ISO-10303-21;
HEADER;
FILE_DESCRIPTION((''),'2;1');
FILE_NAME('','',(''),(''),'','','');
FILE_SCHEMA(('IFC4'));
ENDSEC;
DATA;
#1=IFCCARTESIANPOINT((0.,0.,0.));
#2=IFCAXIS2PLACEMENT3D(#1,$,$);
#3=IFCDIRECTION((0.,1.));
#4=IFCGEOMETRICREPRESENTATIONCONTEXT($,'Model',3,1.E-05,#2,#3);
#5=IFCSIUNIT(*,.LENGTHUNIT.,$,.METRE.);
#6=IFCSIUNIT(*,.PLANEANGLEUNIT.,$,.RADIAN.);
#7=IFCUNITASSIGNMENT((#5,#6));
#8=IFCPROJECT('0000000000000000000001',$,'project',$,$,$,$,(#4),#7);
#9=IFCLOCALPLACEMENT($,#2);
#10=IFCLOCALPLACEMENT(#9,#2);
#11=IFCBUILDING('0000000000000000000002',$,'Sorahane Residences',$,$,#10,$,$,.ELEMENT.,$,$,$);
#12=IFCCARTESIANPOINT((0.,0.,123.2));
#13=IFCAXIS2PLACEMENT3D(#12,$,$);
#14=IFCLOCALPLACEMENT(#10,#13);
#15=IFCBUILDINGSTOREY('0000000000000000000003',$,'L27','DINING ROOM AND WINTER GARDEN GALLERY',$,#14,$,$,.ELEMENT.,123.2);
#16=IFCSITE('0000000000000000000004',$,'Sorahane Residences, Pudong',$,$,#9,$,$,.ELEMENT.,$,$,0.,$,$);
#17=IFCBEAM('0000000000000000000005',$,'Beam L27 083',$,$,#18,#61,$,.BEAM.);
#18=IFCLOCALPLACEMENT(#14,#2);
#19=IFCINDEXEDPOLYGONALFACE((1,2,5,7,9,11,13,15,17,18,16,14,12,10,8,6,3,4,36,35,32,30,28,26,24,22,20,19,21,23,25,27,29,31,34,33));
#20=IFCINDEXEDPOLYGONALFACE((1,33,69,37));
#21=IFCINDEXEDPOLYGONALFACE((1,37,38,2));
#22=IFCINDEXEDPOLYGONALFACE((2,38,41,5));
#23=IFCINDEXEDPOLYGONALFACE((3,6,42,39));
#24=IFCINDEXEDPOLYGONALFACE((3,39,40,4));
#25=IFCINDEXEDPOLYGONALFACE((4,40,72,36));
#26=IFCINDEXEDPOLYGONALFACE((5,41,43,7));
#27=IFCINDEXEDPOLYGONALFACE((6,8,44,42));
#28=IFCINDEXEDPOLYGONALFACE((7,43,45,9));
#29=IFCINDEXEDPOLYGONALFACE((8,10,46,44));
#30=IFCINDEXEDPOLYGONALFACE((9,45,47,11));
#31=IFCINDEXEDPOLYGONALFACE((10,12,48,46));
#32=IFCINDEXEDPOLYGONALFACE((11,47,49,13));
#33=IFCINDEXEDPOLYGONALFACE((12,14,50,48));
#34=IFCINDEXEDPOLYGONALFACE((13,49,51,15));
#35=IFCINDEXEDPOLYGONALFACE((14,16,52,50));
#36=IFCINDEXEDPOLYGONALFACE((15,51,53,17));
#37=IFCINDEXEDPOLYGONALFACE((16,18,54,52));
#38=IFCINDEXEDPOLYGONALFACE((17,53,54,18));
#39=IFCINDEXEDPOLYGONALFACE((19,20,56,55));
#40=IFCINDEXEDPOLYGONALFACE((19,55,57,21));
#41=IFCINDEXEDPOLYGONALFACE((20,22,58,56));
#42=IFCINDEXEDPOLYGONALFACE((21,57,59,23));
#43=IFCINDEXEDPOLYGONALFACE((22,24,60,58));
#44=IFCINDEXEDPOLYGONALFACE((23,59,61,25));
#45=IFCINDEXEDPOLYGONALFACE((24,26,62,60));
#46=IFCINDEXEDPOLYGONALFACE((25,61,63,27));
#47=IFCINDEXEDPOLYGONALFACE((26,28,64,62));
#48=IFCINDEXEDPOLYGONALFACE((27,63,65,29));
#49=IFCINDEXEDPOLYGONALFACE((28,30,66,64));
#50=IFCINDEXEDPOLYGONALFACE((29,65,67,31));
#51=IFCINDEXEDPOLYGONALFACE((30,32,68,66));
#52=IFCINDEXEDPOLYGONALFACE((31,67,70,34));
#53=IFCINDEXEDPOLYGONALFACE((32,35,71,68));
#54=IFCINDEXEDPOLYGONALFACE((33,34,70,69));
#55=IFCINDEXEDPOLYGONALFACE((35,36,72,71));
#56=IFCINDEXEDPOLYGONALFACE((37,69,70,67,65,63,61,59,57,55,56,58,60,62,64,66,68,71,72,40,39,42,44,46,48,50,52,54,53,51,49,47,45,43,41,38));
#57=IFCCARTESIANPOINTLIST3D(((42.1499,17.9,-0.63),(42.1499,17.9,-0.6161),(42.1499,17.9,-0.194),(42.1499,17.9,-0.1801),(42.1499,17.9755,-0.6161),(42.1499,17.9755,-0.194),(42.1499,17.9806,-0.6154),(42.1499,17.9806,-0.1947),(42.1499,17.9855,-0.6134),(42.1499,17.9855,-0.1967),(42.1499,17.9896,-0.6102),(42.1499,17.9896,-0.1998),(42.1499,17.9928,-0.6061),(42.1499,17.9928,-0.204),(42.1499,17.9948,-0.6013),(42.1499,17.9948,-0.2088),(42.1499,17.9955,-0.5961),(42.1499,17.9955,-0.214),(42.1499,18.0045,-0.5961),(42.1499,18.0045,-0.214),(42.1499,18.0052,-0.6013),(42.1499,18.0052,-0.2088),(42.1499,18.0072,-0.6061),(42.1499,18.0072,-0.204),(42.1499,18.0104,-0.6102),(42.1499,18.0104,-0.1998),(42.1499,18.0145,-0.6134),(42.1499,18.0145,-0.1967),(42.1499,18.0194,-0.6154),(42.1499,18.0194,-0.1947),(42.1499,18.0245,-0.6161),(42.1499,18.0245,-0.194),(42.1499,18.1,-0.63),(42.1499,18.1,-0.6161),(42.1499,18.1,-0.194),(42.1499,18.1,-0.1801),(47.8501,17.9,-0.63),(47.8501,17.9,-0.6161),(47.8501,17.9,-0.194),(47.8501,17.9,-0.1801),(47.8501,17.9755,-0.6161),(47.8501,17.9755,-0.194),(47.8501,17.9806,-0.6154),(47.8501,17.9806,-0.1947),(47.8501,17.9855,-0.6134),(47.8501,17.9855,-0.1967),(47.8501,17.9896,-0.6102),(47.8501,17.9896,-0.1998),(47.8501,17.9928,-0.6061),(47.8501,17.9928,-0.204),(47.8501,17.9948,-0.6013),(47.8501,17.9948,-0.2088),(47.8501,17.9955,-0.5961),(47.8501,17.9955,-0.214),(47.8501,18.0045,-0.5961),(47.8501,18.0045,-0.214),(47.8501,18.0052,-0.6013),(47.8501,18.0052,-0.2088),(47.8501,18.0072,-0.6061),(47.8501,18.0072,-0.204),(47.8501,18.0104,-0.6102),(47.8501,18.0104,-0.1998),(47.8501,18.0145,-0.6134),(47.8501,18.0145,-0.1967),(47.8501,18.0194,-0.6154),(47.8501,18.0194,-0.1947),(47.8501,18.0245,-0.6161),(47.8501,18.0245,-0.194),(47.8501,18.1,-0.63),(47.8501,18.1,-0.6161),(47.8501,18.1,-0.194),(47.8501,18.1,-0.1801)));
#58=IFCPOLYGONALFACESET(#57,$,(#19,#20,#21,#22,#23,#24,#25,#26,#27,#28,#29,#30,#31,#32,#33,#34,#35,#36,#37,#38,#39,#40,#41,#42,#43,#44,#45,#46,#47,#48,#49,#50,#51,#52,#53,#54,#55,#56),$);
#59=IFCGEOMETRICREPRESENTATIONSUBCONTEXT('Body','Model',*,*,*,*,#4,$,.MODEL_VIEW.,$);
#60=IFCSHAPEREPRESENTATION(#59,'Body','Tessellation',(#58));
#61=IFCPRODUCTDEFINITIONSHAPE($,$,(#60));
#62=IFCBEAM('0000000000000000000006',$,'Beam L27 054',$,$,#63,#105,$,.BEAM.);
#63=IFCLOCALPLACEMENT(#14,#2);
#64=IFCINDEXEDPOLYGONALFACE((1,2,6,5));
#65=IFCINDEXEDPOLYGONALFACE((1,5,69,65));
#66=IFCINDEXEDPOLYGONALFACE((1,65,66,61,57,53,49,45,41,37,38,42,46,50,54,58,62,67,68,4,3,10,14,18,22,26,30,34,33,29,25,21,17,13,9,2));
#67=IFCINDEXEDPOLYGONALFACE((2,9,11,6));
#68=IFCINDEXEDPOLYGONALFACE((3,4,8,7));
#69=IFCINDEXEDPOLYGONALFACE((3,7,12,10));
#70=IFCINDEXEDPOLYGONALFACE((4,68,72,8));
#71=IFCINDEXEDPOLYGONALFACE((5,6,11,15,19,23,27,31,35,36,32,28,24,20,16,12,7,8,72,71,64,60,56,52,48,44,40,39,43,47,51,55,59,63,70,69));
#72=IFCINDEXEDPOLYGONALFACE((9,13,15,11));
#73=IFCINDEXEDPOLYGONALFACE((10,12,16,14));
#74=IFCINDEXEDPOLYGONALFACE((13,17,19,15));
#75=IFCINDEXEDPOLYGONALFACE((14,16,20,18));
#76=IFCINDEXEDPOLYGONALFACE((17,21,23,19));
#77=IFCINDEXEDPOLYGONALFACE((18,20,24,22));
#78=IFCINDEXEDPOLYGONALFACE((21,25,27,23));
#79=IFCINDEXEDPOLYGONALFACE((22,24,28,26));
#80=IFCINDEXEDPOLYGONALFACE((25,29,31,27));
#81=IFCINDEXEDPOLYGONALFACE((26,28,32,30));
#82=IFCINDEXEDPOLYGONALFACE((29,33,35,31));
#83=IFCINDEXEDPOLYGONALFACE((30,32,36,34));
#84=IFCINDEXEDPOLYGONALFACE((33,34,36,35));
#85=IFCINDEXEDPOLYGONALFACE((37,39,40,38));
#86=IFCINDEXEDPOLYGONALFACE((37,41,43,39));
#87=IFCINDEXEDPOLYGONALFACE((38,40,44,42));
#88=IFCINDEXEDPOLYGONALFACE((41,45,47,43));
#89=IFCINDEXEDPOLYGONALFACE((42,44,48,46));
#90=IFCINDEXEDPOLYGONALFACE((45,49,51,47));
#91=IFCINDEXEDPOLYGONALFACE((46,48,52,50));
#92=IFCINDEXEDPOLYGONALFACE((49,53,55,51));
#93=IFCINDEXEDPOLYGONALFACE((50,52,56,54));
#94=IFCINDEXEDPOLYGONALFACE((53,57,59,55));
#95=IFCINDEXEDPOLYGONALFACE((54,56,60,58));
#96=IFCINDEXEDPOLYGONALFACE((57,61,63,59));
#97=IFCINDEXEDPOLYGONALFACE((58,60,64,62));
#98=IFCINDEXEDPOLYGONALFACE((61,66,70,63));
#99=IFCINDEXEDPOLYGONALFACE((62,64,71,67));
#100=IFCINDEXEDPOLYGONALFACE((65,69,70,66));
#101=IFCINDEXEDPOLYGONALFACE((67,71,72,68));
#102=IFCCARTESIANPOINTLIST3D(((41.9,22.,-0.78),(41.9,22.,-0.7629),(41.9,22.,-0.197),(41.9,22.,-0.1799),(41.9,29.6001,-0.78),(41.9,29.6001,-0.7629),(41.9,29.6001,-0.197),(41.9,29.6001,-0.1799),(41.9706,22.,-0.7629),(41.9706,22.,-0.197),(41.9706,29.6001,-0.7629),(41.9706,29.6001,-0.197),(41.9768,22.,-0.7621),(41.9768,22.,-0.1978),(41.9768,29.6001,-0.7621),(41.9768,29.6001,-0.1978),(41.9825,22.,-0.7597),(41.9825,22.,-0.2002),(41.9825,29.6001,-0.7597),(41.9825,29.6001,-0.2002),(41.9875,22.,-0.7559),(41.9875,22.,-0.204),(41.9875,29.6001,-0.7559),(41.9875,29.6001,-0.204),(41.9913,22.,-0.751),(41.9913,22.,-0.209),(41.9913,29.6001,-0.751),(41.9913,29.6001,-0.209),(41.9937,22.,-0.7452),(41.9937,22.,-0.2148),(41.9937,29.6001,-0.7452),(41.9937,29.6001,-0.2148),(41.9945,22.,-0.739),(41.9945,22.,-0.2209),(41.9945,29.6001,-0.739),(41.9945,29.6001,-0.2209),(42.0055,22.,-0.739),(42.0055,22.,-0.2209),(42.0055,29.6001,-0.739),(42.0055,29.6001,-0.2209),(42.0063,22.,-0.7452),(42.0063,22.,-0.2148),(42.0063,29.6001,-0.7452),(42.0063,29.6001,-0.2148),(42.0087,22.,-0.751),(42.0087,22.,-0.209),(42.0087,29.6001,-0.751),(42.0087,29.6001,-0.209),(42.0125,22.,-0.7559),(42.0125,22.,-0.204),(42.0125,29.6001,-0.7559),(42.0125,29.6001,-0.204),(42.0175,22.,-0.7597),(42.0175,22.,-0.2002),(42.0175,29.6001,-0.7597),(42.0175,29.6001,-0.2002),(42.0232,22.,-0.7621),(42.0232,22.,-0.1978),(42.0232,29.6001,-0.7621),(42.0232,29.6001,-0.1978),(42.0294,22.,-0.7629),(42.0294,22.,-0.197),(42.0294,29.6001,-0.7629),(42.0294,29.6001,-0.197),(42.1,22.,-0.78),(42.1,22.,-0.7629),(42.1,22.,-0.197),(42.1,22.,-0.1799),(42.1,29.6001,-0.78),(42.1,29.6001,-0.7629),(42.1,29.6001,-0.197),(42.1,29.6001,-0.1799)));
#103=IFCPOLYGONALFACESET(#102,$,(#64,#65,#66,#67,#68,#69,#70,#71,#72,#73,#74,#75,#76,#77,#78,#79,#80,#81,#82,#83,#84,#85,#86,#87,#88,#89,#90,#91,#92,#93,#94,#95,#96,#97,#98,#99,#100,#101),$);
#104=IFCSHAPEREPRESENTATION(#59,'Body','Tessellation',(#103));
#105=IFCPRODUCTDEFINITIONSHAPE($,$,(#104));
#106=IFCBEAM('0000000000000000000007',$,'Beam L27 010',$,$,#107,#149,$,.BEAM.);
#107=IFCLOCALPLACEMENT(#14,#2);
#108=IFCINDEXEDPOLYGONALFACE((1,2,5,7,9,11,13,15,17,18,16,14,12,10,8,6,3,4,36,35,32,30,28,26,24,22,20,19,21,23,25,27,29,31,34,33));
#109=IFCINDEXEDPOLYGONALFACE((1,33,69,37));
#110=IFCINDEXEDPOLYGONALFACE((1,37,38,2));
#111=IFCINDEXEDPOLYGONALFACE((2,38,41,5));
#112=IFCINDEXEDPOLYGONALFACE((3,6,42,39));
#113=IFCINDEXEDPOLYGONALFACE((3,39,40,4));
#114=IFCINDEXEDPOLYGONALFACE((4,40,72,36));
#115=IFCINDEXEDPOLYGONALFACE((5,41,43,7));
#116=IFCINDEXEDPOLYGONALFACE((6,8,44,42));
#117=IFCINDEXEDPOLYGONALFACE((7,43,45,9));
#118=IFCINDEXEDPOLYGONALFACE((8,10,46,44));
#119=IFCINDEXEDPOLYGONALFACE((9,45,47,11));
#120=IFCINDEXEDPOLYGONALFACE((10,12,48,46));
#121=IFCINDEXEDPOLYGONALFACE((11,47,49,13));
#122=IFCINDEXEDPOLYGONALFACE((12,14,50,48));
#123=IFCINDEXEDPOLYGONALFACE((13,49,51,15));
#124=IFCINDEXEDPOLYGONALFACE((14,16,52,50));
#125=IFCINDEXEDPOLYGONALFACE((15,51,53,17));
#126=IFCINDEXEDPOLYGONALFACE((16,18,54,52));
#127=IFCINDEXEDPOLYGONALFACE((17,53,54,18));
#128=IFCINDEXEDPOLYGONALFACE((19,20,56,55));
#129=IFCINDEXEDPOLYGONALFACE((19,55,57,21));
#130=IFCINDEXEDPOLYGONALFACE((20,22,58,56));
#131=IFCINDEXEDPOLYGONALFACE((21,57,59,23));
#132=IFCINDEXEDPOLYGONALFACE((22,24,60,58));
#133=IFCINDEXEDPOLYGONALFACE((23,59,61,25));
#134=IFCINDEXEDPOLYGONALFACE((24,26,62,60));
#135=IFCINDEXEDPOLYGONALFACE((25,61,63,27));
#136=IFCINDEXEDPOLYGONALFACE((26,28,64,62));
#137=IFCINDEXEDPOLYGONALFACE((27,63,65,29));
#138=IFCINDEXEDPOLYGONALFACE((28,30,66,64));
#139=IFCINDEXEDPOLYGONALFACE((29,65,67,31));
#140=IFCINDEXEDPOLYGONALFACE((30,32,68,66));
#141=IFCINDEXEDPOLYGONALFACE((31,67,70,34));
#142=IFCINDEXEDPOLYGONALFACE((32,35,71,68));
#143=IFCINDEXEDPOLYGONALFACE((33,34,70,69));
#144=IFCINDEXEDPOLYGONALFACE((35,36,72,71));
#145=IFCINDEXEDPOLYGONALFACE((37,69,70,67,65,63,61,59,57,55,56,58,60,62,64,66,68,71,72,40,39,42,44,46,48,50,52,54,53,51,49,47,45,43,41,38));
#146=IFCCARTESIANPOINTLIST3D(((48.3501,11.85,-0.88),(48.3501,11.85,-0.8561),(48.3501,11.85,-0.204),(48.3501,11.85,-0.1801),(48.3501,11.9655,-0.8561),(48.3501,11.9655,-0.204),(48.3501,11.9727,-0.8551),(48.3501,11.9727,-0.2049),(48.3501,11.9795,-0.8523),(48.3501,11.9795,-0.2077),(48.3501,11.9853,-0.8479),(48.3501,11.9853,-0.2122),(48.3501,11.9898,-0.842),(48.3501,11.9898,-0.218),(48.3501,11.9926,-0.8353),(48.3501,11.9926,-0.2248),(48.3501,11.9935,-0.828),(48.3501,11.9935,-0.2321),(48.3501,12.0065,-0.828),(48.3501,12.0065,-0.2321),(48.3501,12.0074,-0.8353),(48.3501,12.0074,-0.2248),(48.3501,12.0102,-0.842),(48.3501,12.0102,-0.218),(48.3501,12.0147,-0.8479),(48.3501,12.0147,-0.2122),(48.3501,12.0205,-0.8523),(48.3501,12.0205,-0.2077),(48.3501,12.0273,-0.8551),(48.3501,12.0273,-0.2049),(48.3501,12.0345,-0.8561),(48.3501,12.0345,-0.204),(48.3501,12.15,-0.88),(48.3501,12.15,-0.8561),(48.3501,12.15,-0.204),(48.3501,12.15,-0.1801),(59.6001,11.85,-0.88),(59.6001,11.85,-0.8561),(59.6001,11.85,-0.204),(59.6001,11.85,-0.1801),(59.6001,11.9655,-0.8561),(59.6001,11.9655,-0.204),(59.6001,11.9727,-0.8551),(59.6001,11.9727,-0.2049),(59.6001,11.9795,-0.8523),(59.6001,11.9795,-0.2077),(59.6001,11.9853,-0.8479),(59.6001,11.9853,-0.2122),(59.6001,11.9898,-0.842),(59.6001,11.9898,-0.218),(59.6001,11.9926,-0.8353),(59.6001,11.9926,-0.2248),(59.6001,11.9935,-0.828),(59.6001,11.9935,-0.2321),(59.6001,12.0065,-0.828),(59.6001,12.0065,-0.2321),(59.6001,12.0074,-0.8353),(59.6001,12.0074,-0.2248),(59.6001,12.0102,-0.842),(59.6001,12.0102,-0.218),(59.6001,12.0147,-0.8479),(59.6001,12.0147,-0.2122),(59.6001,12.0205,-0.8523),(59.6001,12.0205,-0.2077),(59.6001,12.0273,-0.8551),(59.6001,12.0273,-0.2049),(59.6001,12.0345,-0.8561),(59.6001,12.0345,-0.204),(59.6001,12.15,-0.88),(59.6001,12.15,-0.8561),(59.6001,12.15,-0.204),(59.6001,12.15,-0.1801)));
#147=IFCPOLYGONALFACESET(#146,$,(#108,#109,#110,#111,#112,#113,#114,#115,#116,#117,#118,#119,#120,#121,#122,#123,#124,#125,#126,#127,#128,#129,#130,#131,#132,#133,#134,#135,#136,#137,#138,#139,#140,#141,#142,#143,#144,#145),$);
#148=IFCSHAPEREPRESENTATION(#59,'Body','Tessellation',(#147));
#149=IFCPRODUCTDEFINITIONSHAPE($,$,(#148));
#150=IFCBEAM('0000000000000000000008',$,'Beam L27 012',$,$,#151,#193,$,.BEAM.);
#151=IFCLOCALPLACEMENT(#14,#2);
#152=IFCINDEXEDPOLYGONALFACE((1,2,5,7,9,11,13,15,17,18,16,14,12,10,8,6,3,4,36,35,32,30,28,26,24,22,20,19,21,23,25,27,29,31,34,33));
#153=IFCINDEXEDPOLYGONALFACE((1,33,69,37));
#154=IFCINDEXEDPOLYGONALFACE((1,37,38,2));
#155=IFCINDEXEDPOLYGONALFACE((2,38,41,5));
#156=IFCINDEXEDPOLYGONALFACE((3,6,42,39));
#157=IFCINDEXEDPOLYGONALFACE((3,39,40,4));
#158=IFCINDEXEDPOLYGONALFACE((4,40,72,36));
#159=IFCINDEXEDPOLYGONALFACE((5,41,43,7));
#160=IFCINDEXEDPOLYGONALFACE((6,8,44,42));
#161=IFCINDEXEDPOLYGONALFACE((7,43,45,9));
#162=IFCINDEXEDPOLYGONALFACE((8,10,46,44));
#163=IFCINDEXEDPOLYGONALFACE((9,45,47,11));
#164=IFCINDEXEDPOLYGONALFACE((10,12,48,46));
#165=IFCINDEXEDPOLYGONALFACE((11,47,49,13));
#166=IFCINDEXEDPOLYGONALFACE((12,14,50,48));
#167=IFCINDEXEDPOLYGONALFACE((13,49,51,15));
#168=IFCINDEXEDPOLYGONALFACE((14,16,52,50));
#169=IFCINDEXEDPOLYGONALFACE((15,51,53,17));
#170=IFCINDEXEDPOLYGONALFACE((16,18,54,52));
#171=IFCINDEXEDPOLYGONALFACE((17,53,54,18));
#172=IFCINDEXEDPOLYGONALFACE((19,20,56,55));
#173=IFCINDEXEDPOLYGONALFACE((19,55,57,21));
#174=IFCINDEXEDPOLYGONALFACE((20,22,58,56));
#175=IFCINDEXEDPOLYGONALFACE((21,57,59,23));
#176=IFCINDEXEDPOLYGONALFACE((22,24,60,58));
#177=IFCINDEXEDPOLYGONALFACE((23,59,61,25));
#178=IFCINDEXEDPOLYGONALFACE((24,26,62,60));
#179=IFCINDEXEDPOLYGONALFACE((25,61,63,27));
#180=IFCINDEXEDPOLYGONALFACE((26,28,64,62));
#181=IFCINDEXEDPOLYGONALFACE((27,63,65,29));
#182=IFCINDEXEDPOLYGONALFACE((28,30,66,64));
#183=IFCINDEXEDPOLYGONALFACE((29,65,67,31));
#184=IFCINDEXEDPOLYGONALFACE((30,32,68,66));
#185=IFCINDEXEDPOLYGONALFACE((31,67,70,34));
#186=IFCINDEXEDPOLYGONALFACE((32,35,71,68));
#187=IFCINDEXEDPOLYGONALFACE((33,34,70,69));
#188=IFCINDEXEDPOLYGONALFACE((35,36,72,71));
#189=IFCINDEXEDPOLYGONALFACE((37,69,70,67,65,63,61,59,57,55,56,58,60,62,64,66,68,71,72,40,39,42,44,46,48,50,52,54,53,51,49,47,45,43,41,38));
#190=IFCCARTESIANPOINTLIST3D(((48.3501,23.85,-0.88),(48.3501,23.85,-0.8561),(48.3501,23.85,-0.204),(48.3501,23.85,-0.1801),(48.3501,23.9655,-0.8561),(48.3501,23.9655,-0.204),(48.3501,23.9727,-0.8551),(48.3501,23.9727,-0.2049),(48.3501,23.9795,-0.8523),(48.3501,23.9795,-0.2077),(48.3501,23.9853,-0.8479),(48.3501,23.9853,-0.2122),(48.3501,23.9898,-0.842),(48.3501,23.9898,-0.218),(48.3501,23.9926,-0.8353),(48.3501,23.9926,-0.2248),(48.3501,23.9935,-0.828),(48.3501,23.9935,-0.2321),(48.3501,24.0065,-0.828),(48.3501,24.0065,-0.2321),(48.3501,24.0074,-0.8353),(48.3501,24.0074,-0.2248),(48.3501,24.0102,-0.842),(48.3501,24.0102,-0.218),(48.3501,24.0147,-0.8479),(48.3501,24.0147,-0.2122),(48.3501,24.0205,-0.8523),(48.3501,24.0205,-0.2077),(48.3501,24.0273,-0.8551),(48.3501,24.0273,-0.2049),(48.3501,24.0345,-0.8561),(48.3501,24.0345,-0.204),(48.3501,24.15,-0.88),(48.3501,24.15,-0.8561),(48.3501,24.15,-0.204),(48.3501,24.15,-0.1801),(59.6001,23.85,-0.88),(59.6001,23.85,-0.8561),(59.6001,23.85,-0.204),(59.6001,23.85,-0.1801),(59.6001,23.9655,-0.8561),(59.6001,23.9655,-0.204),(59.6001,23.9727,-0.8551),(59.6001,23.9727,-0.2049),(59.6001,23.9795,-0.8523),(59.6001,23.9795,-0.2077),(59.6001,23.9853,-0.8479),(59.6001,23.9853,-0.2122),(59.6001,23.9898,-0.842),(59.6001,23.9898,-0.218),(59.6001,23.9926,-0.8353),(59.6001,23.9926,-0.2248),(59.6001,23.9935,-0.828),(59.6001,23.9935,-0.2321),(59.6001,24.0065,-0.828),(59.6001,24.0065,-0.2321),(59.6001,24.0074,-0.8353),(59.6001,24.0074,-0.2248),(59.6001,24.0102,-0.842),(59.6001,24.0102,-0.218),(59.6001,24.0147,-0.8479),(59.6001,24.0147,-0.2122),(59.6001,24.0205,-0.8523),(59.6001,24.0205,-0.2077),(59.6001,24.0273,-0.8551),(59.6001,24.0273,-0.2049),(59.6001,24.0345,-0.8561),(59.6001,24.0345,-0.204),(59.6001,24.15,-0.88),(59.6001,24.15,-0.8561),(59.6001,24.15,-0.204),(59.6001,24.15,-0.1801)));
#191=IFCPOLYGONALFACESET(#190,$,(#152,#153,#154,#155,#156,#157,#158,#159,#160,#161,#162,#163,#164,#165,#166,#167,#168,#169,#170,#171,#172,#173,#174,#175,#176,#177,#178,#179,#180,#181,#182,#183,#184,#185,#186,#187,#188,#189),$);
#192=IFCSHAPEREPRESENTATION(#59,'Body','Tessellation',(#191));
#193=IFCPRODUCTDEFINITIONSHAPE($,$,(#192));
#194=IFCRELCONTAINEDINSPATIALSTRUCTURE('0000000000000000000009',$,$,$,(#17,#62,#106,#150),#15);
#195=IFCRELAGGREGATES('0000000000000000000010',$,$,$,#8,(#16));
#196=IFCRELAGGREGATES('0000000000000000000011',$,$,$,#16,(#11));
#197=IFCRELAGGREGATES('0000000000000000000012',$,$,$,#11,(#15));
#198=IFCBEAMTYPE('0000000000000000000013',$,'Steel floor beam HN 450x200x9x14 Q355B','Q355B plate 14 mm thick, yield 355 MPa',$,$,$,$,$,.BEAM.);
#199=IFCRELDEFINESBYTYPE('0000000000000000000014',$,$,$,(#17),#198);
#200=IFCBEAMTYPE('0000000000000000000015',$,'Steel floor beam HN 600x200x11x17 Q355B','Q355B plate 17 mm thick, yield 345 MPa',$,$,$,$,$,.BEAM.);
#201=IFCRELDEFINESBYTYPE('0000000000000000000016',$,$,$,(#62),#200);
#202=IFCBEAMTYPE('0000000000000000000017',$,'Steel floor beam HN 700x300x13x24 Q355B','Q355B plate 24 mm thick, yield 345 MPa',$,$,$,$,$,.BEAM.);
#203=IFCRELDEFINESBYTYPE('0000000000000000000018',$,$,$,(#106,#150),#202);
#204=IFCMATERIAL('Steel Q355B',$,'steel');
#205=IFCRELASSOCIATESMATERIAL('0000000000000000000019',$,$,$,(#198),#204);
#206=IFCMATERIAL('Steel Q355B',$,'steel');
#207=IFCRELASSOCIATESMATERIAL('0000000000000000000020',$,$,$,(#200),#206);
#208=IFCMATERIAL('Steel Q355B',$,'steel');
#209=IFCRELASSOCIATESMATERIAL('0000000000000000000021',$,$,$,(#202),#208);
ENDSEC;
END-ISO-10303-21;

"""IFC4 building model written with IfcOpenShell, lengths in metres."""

from ifc_helpers import new_model, si_unit, direction, frame, origin, origin_2d, place, context, subcontext, project, spatial, i_section, extrude, material, material_profile, profile_set, type_object, element, save


model = new_model("IFC4")

# Units and contexts
model_context = context("Model", 3, precision=1e-05, world=origin(), true_north=direction((0.0, 1.0)))
body_context = subcontext(model_context, "Body", "Model", "MODEL_VIEW")
ifc_project = project(units=[si_unit("LENGTHUNIT", "METRE"), si_unit("PLANEANGLEUNIT", "RADIAN")], contexts=[model_context])

# Site, building, storey
site_placement = place(None, origin())
site = spatial("IfcSite", under=ifc_project, at=site_placement, Name="Sorahane Residences, Pudong", CompositionType="ELEMENT", RefElevation=0.0)
building_placement = place(site_placement, origin())
building = spatial("IfcBuilding", under=site, at=building_placement, Name="Sorahane Residences", CompositionType="ELEMENT")
storey_placement = place(building_placement, frame((0.0, 0.0, 123.2)))
storey = spatial("IfcBuildingStorey", under=building, at=storey_placement, Name="L27", Description="DINING ROOM AND WINTER GARDEN GALLERY", CompositionType="ELEMENT", Elevation=123.2)

# Beams
ifc_material_1 = material(Name="Steel Q355B", Category="steel")
ifc_material_profile_1 = material_profile(ifc_material_1, i_section(OverallWidth=0.2, OverallDepth=0.45, WebThickness=0.009, FlangeThickness=0.0139, FilletRadius=0.02, at=origin_2d()), Name="HN 450x200x9x14")
ifc_profile_set_1 = profile_set([ifc_material_profile_1], Name="Steel Q355B")
beam_type_1 = type_object("IfcBeamType", Name="Steel floor beam HN 450x200x9x14 Q355B", Description="Q355B plate 14 mm thick, yield 355 MPa", PredefinedType="BEAM", material=ifc_profile_set_1)
beam_1_placement = place(storey_placement, frame((42.1499, 18.0, -0.405), z_axis=(1.0, 0.0, 0.0), x_axis=(0.0, 1.0, 0.0)))
element("IfcBeam", 1, at=beam_1_placement, inside=storey, type_object=beam_type_1, Name="Beam L27 083", PredefinedType="BEAM", context=body_context, shape_type="SweptSolid", body=[
    extrude(i_section(OverallWidth=0.2, OverallDepth=0.45, WebThickness=0.009, FlangeThickness=0.0139, FilletRadius=0.02, at=origin_2d()), origin(), (0.0, 0.0, 1.0), 5.7002),
])
ifc_material_2 = material(Name="Steel Q355B", Category="steel")
ifc_material_profile_2 = material_profile(ifc_material_2, i_section(OverallWidth=0.2, OverallDepth=0.6001, WebThickness=0.011, FlangeThickness=0.0171, FilletRadius=0.0239, at=origin_2d()), Name="HN 600x200x11x17")
ifc_profile_set_2 = profile_set([ifc_material_profile_2], Name="Steel Q355B")
beam_type_2 = type_object("IfcBeamType", Name="Steel floor beam HN 600x200x11x17 Q355B", Description="Q355B plate 17 mm thick, yield 345 MPa", PredefinedType="BEAM", material=ifc_profile_set_2)
beam_2_placement = place(storey_placement, frame((42.0, 22.0, -0.48), z_axis=(0.0, 1.0, 0.0), x_axis=(-1.0, 0.0, 0.0)))
element("IfcBeam", 2, at=beam_2_placement, inside=storey, type_object=beam_type_2, Name="Beam L27 054", PredefinedType="BEAM", context=body_context, shape_type="SweptSolid", body=[
    extrude(i_section(OverallWidth=0.2, OverallDepth=0.6001, WebThickness=0.011, FlangeThickness=0.0171, FilletRadius=0.0239, at=origin_2d()), origin(), (0.0, 0.0, 1.0), 7.6001),
])
ifc_material_3 = material(Name="Steel Q355B", Category="steel")
ifc_material_profile_3 = material_profile(ifc_material_3, i_section(OverallWidth=0.3, OverallDepth=0.7, WebThickness=0.0129, FlangeThickness=0.0239, FilletRadius=0.0281, at=origin_2d()), Name="HN 700x300x13x24")
ifc_profile_set_3 = profile_set([ifc_material_profile_3], Name="Steel Q355B")
beam_type_3 = type_object("IfcBeamType", Name="Steel floor beam HN 700x300x13x24 Q355B", Description="Q355B plate 24 mm thick, yield 345 MPa", PredefinedType="BEAM", material=ifc_profile_set_3)
for number, where, z_axis, x_axis, name in (
    (3, (48.3501, 12.0, -0.53), (1.0, 0.0, 0.0), (0.0, 1.0, 0.0), "Beam L27 010"),
    (4, (48.3501, 24.0, -0.53), (1.0, 0.0, 0.0), (0.0, 1.0, 0.0), "Beam L27 012"),
):
    element("IfcBeam", number, at=place(storey_placement, frame(where, z_axis=z_axis, x_axis=x_axis)), inside=storey, type_object=beam_type_3, Name=name, PredefinedType="BEAM", context=body_context, shape_type="SweptSolid", body=[
        extrude(i_section(OverallWidth=0.3, OverallDepth=0.7, WebThickness=0.0129, FlangeThickness=0.0239, FilletRadius=0.0281, at=origin_2d()), origin(), (0.0, 0.0, 1.0), 11.25),
    ])

save(model, "model.ifc")
